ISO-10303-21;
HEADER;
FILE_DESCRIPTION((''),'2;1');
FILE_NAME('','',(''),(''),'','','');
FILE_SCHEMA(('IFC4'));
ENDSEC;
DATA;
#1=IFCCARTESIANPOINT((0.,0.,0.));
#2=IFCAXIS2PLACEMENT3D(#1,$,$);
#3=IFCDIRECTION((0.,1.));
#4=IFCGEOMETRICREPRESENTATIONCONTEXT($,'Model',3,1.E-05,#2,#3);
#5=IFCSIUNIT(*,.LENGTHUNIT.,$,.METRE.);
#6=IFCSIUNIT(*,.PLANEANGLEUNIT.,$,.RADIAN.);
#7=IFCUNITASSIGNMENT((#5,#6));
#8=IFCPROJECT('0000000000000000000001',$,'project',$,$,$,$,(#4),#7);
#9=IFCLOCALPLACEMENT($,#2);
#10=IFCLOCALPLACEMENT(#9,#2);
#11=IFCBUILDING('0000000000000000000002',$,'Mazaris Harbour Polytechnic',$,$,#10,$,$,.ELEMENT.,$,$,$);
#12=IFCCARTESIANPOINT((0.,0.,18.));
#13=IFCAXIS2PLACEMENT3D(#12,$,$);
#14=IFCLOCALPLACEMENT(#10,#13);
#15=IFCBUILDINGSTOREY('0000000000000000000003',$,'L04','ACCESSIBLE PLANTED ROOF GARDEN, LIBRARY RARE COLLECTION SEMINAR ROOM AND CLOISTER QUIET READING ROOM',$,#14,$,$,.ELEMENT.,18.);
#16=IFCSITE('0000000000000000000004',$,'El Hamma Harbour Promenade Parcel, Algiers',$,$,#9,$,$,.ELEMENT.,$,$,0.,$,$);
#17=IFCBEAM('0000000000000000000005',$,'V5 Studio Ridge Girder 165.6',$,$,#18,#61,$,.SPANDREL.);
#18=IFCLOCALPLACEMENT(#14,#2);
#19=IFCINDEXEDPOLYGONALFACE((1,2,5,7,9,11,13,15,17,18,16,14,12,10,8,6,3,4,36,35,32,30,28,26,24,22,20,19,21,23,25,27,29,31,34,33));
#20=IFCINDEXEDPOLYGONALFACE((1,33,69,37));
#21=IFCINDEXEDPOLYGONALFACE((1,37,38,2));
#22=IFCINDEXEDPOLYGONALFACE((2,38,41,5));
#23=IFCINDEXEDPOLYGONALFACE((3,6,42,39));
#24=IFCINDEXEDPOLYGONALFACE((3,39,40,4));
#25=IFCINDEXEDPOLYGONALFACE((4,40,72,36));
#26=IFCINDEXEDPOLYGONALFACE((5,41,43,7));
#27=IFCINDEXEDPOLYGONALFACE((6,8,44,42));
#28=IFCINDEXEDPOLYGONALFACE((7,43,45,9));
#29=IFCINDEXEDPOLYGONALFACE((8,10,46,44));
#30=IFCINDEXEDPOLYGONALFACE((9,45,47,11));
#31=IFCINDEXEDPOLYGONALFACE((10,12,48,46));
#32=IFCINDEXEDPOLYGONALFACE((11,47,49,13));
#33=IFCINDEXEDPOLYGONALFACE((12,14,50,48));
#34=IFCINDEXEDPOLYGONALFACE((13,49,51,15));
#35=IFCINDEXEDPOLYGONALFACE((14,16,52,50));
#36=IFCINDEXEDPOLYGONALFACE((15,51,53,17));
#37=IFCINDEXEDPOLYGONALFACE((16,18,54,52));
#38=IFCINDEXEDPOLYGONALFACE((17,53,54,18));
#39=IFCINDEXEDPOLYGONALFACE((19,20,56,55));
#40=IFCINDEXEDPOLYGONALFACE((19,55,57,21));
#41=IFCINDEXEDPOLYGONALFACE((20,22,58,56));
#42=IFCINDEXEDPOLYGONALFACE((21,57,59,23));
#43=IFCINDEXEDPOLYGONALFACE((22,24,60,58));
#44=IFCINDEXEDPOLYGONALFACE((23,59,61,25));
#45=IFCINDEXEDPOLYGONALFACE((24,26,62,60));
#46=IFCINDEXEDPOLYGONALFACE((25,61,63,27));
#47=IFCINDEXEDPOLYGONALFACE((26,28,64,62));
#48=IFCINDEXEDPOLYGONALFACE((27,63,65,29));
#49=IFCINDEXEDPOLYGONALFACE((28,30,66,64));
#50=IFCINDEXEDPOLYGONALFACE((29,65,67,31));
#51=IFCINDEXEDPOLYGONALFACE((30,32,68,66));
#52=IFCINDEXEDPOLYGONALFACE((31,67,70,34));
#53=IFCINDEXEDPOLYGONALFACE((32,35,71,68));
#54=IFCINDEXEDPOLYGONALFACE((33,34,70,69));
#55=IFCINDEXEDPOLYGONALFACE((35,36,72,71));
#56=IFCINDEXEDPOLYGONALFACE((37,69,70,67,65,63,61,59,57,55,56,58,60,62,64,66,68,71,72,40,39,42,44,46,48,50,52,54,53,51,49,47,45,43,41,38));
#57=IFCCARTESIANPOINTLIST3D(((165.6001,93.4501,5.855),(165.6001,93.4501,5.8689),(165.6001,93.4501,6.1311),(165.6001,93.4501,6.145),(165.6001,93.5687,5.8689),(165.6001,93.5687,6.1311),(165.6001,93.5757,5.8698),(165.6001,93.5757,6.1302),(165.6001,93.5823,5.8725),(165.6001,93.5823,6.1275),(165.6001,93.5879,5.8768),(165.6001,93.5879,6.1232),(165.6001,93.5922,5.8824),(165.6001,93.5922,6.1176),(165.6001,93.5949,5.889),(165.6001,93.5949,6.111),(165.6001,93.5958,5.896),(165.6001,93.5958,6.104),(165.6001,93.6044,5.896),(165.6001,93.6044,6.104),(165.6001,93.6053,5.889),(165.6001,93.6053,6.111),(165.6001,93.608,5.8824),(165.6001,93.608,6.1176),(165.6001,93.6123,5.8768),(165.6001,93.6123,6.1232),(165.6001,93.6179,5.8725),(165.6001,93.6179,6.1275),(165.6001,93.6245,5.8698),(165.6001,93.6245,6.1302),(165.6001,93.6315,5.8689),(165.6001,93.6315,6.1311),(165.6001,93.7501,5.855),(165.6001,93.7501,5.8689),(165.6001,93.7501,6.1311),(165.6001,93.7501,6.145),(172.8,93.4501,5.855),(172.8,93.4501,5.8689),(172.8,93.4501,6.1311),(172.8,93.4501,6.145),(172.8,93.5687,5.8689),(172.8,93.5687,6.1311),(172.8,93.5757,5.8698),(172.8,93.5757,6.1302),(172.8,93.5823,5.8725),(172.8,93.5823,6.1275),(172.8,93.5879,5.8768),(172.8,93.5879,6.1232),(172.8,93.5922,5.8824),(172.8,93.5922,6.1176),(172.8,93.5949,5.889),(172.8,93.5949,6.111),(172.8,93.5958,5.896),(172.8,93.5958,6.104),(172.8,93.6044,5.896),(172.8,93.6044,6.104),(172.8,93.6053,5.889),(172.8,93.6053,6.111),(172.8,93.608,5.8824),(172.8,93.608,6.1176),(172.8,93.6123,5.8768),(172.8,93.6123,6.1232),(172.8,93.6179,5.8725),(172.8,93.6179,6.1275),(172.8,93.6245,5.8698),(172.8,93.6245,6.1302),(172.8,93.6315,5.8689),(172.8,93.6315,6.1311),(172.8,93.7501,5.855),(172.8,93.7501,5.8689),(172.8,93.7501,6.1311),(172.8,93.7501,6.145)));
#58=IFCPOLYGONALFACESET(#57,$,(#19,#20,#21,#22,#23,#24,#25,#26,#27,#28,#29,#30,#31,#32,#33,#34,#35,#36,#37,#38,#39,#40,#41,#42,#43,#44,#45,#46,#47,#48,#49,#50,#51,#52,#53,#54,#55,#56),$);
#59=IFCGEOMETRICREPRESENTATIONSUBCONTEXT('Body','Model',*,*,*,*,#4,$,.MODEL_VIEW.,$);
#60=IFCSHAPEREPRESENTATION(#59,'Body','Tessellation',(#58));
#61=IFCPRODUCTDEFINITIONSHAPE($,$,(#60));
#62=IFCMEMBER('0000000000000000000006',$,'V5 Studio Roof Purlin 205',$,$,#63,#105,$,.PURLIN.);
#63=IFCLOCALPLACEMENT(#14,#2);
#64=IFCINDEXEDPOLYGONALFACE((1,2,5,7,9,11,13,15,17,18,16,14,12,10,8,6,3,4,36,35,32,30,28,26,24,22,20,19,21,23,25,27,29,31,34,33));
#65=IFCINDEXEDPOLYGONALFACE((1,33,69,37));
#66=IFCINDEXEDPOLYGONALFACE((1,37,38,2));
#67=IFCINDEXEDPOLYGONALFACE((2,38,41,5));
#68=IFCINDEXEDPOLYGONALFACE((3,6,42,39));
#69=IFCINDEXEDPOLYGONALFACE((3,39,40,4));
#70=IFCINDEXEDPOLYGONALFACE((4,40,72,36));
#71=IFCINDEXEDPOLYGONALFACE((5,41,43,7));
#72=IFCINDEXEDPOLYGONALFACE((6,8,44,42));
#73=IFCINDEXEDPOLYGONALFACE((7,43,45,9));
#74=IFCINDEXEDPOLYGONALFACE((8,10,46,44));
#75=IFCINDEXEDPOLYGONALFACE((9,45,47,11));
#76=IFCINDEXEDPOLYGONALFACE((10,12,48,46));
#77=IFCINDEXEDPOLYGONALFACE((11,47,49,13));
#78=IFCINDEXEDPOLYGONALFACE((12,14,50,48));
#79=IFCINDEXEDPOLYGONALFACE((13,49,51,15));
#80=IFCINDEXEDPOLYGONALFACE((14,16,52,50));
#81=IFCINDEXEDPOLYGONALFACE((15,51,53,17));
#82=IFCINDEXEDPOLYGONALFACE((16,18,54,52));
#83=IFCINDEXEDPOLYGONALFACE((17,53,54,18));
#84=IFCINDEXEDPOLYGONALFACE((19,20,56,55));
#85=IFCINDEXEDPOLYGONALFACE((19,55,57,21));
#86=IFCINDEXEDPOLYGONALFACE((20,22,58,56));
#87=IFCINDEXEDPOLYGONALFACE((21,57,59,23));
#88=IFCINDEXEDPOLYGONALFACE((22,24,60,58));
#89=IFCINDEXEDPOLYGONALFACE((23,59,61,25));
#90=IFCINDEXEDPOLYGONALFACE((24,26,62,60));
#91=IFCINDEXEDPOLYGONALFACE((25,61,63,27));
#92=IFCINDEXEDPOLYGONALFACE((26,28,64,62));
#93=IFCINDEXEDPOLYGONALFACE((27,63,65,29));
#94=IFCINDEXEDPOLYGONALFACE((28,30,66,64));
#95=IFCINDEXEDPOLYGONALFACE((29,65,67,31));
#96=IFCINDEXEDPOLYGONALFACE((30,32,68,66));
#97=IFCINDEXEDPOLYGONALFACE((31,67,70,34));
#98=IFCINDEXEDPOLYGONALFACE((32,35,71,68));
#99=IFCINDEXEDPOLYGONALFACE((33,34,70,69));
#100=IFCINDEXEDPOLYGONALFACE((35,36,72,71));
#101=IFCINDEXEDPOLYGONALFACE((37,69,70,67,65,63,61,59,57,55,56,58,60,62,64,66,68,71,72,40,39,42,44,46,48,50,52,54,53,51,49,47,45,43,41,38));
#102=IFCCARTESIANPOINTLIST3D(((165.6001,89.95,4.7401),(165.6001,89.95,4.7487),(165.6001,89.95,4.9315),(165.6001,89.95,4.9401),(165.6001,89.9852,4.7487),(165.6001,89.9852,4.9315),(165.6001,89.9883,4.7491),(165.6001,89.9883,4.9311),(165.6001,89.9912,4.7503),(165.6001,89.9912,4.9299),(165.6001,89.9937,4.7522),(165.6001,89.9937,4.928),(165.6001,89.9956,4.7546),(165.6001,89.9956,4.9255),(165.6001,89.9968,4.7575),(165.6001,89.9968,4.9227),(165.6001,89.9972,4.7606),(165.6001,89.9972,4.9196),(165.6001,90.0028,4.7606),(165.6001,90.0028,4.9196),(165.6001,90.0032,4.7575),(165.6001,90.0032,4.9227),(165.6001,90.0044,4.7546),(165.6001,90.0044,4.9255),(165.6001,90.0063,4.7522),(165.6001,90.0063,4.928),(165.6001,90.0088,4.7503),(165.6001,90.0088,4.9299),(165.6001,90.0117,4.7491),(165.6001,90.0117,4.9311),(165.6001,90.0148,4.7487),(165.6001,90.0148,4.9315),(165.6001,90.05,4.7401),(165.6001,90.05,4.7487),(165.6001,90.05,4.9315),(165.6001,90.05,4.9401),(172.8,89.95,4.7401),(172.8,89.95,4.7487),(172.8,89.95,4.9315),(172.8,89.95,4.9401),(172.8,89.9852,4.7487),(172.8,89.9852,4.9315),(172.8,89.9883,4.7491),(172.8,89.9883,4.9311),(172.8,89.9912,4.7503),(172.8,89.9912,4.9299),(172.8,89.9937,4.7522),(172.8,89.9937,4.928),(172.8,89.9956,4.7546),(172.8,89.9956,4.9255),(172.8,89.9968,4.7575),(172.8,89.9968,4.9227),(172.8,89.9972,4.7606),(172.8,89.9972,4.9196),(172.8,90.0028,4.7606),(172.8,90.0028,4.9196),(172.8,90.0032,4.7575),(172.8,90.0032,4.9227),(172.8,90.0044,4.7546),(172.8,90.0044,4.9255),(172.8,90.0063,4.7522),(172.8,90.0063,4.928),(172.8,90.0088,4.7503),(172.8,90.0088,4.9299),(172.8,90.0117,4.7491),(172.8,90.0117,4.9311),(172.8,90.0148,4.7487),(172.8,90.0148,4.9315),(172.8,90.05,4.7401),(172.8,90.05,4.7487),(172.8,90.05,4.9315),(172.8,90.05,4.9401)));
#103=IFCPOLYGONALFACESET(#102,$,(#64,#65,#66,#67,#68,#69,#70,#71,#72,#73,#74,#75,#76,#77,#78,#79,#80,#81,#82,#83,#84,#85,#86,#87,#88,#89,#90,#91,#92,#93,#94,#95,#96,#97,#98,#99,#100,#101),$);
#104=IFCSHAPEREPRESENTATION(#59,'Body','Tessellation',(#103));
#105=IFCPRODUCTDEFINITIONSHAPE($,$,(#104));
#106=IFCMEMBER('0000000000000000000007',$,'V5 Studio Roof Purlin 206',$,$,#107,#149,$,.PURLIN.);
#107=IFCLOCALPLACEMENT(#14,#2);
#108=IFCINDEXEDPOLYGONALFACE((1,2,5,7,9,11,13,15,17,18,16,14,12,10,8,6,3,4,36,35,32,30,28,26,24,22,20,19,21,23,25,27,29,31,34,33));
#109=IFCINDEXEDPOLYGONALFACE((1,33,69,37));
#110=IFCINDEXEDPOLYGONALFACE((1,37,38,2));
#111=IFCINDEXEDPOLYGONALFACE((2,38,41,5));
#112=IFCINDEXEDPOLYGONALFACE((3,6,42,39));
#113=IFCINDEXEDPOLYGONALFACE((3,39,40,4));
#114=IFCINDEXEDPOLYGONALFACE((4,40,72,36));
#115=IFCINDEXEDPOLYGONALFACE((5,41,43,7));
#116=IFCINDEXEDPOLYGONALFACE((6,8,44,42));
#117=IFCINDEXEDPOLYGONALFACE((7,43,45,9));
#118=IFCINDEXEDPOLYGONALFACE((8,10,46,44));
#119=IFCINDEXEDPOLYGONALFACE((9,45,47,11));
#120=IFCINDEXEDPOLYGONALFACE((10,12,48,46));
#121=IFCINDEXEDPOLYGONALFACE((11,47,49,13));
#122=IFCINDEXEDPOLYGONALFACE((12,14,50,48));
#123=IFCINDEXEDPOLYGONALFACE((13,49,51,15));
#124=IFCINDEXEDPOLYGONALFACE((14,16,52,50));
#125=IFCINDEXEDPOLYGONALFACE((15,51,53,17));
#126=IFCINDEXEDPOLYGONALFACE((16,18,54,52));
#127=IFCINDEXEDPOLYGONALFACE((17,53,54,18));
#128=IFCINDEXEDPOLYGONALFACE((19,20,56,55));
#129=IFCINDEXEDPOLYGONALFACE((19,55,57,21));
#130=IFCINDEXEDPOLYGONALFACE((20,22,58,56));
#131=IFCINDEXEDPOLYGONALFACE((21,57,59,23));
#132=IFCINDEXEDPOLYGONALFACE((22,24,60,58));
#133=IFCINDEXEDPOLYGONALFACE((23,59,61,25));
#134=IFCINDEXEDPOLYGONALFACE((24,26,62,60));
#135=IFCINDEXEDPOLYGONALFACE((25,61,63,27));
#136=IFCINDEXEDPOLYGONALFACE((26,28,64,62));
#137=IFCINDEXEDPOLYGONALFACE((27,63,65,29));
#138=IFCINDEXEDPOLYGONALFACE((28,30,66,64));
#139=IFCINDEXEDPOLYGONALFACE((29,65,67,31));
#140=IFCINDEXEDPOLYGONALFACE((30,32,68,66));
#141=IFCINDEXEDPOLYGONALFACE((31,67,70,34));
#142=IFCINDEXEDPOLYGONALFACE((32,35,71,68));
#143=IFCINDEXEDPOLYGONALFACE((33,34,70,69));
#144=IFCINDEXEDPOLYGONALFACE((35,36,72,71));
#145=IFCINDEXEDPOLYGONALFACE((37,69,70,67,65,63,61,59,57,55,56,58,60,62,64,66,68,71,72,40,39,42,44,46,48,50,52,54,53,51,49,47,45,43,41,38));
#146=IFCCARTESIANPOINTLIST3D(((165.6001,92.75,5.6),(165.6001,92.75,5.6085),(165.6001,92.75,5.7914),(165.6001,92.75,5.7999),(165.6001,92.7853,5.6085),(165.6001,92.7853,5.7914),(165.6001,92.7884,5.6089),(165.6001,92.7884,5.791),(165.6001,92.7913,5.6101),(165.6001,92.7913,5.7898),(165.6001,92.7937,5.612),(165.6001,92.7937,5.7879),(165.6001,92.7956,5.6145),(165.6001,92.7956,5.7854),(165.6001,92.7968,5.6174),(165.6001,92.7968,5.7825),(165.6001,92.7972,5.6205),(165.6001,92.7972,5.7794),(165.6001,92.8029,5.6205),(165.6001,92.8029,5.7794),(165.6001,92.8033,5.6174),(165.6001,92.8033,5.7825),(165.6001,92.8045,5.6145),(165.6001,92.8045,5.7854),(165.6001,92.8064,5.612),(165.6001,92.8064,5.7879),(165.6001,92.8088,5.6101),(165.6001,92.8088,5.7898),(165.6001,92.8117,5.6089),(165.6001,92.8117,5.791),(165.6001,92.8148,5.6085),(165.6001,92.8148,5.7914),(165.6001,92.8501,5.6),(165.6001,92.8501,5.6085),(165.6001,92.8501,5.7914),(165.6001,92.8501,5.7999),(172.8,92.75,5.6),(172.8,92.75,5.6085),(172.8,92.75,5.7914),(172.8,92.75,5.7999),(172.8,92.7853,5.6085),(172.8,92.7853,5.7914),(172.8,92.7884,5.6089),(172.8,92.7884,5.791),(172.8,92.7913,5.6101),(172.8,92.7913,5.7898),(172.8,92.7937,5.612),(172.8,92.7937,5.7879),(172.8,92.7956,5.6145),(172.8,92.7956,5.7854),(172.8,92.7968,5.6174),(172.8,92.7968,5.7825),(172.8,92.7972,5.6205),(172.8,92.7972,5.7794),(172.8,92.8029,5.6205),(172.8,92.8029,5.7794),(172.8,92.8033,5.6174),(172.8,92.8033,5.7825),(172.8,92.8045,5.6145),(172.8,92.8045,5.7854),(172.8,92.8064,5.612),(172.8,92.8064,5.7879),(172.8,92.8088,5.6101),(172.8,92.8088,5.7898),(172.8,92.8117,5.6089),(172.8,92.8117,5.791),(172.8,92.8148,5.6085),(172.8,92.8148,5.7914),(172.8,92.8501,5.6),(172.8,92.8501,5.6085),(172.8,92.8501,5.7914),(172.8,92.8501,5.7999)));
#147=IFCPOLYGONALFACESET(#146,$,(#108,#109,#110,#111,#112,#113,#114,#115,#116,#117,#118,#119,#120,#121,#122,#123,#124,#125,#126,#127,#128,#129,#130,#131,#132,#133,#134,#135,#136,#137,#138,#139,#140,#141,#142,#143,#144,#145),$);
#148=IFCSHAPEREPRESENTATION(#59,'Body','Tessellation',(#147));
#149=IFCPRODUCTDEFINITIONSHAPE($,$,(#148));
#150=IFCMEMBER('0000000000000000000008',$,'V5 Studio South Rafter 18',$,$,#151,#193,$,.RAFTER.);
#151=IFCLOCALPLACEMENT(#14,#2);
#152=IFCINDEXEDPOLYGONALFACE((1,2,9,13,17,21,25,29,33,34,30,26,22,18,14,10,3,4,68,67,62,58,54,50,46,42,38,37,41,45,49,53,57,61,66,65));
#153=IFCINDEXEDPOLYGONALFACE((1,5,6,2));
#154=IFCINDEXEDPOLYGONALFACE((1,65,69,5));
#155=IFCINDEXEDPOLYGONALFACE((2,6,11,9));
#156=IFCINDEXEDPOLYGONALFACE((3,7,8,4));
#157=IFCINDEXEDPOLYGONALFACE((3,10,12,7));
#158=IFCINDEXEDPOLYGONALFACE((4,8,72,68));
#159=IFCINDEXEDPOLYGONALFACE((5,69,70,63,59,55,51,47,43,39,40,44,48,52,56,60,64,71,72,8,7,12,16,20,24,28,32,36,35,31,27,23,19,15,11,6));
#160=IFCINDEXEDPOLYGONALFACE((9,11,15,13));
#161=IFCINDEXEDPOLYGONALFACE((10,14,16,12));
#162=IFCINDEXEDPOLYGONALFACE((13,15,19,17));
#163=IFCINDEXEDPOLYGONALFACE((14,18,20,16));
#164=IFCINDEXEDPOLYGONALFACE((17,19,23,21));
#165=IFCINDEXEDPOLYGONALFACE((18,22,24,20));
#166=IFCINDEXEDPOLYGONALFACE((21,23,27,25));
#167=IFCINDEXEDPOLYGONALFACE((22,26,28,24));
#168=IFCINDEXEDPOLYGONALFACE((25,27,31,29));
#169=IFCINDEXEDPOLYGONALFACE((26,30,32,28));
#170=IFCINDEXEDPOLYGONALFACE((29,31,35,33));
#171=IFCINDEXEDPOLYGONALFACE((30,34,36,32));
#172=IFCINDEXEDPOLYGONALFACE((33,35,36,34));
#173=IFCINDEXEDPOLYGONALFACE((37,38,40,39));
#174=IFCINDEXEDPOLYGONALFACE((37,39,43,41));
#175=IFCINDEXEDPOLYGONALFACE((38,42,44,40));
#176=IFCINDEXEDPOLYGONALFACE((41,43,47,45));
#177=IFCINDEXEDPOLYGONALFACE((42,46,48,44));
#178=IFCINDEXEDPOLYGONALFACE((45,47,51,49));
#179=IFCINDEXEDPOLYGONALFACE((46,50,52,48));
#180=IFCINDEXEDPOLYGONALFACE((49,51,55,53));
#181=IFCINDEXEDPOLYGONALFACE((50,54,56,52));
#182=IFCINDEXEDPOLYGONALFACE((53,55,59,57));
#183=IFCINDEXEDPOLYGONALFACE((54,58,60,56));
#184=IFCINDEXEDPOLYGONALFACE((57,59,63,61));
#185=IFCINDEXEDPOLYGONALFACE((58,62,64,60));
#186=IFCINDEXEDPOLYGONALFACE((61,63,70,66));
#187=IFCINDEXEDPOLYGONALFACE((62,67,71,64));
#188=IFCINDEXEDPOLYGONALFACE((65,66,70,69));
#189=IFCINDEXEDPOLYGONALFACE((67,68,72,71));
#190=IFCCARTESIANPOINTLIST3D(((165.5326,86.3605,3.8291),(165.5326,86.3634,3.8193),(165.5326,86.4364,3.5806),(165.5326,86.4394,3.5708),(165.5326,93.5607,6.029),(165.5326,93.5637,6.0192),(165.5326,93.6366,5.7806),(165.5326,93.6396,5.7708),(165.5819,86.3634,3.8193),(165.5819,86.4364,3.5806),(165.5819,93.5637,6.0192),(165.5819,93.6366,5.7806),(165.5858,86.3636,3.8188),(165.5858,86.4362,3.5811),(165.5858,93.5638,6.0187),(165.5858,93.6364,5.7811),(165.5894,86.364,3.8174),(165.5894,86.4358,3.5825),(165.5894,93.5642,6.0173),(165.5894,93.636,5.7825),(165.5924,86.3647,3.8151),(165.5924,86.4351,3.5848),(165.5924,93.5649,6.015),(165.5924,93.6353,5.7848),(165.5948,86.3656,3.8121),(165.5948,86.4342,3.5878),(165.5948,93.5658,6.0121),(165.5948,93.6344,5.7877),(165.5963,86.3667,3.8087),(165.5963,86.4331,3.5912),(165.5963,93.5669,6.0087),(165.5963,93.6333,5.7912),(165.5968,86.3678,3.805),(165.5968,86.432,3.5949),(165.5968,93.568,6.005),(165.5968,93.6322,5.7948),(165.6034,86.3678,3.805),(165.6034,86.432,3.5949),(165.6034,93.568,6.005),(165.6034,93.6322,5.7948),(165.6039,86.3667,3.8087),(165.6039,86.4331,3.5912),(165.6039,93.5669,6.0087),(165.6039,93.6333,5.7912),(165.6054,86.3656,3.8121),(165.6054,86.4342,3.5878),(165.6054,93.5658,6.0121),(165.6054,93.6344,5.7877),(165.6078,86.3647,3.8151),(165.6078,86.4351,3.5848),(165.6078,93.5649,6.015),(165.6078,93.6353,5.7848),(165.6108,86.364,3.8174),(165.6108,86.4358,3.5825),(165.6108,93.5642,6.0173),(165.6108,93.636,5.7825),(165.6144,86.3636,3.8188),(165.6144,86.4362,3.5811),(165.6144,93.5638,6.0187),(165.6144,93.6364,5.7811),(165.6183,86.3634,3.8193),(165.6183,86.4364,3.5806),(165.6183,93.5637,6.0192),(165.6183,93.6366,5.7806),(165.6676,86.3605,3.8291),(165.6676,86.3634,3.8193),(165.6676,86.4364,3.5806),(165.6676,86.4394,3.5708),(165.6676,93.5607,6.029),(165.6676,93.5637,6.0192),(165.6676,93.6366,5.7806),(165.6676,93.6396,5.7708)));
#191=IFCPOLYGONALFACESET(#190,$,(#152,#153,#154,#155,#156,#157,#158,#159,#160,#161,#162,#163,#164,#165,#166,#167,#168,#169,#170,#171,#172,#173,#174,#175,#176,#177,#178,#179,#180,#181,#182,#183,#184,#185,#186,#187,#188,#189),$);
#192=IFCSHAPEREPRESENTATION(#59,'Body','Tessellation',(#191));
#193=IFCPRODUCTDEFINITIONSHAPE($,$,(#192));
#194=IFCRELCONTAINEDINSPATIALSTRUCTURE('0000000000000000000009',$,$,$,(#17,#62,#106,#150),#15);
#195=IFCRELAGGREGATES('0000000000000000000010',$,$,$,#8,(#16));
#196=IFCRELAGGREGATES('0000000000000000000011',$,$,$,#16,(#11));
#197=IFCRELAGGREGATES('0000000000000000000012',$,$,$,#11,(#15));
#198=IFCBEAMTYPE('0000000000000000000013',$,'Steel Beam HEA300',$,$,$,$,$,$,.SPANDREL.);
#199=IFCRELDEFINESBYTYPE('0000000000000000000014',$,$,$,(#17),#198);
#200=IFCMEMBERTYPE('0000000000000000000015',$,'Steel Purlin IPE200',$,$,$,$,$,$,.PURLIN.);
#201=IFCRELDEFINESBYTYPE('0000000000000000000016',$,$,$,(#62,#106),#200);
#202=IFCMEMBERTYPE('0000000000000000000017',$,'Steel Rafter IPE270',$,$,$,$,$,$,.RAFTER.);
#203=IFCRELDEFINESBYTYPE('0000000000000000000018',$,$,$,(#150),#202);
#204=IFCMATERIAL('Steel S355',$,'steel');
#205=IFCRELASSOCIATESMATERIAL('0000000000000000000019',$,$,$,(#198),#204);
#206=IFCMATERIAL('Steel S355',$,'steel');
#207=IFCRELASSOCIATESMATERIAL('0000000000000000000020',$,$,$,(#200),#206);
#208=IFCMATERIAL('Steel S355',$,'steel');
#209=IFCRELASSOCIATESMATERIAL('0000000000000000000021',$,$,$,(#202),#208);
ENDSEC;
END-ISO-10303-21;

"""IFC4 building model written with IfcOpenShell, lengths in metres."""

from ifc_helpers import new_model, si_unit, direction, frame, origin, origin_2d, place, context, subcontext, project, spatial, i_section, extrude, material, material_profile, profile_set, type_object, element, save


model = new_model("IFC4")

# Units and contexts
model_context = context("Model", 3, precision=1e-05, world=origin(), true_north=direction((0.0, 1.0)))
body_context = subcontext(model_context, "Body", "Model", "MODEL_VIEW")
ifc_project = project(units=[si_unit("LENGTHUNIT", "METRE"), si_unit("PLANEANGLEUNIT", "RADIAN")], contexts=[model_context])

# Site, building, storey
site_placement = place(None, origin())
site = spatial("IfcSite", under=ifc_project, at=site_placement, Name="El Hamma Harbour Promenade Parcel, Algiers", CompositionType="ELEMENT", RefElevation=0.0)
building_placement = place(site_placement, origin())
building = spatial("IfcBuilding", under=site, at=building_placement, Name="Mazaris Harbour Polytechnic", CompositionType="ELEMENT")
storey_placement = place(building_placement, frame((0.0, 0.0, 18.0)))
storey = spatial("IfcBuildingStorey", under=building, at=storey_placement, Name="L04", Description="ACCESSIBLE PLANTED ROOF GARDEN, LIBRARY RARE COLLECTION SEMINAR ROOM AND CLOISTER QUIET READING ROOM", CompositionType="ELEMENT", Elevation=18.0)

# Beam
ifc_material_1 = material(Name="Steel S355", Category="steel")
ifc_material_profile_1 = material_profile(ifc_material_1, i_section(OverallWidth=0.3, OverallDepth=0.29, WebThickness=0.0085, FlangeThickness=0.0139, FilletRadius=0.0271, at=origin_2d()), Name="HEA 300")
ifc_profile_set_1 = profile_set([ifc_material_profile_1], Name="Steel S355")
beam_type = type_object("IfcBeamType", Name="Steel Beam HEA300", PredefinedType="SPANDREL", material=ifc_profile_set_1)
beam_placement = place(storey_placement, frame((165.6001, 93.6001, 6.0), z_axis=(1.0, 0.0, 0.0), x_axis=(0.0, 1.0, 0.0)))
element("IfcBeam", 1, at=beam_placement, inside=storey, type_object=beam_type, Name="V5 Studio Ridge Girder 165.6", PredefinedType="SPANDREL", context=body_context, shape_type="SweptSolid", body=[
    extrude(i_section(OverallWidth=0.3, OverallDepth=0.29, WebThickness=0.0085, FlangeThickness=0.0139, FilletRadius=0.0271, at=origin_2d()), origin(), (0.0, 0.0, 1.0), 7.2),
])

# Members
ifc_material_2 = material(Name="Steel S355", Category="steel")
ifc_material_profile_2 = material_profile(ifc_material_2, i_section(OverallWidth=0.1001, OverallDepth=0.2, WebThickness=0.0056, FlangeThickness=0.0085, FilletRadius=0.012, at=origin_2d()), Name="IPE 200")
ifc_profile_set_2 = profile_set([ifc_material_profile_2], Name="Steel S355")
member_type_1 = type_object("IfcMemberType", Name="Steel Purlin IPE200", PredefinedType="PURLIN", material=ifc_profile_set_2)
for number, where, z_axis, x_axis, name in (
    (2, (165.6001, 90.0, 4.8401), (1.0, 0.0, 0.0), (0.0, 1.0, 0.0), "V5 Studio Roof Purlin 205"),
    (3, (165.6001, 92.8, 5.7), (1.0, 0.0, 0.0), (0.0, 1.0, 0.0), "V5 Studio Roof Purlin 206"),
):
    element("IfcMember", number, at=place(storey_placement, frame(where, z_axis=z_axis, x_axis=x_axis)), inside=storey, type_object=member_type_1, Name=name, PredefinedType="PURLIN", context=body_context, shape_type="SweptSolid", body=[
        extrude(i_section(OverallWidth=0.1001, OverallDepth=0.2, WebThickness=0.0056, FlangeThickness=0.0085, FilletRadius=0.012, at=origin_2d()), origin(), (0.0, 0.0, 1.0), 7.2),
    ])
ifc_material_3 = material(Name="Steel S355", Category="steel")
ifc_material_profile_3 = material_profile(ifc_material_3, i_section(OverallWidth=0.135, OverallDepth=0.27, WebThickness=0.0066, FlangeThickness=0.0103, FilletRadius=0.0149, at=origin_2d()), Name="IPE 270")
ifc_profile_set_3 = profile_set([ifc_material_profile_3], Name="Steel S355")
member_type_2 = type_object("IfcMemberType", Name="Steel Rafter IPE270", PredefinedType="RAFTER", material=ifc_profile_set_3)
member_1_placement = place(storey_placement, frame((165.6001, 86.3999, 3.7), z_axis=(0.0, 0.956356, 0.292205), x_axis=(-1.0, 0.0, 0.0)))
element("IfcMember", 4, at=member_1_placement, inside=storey, type_object=member_type_2, Name="V5 Studio South Rafter 18", PredefinedType="RAFTER", context=body_context, shape_type="SweptSolid", body=[
    extrude(i_section(OverallWidth=0.135, OverallDepth=0.27, WebThickness=0.0066, FlangeThickness=0.0103, FilletRadius=0.0149, at=origin_2d()), origin(), (0.0, 0.0, 1.0), 7.5288),
])

save(model, "model.ifc")
